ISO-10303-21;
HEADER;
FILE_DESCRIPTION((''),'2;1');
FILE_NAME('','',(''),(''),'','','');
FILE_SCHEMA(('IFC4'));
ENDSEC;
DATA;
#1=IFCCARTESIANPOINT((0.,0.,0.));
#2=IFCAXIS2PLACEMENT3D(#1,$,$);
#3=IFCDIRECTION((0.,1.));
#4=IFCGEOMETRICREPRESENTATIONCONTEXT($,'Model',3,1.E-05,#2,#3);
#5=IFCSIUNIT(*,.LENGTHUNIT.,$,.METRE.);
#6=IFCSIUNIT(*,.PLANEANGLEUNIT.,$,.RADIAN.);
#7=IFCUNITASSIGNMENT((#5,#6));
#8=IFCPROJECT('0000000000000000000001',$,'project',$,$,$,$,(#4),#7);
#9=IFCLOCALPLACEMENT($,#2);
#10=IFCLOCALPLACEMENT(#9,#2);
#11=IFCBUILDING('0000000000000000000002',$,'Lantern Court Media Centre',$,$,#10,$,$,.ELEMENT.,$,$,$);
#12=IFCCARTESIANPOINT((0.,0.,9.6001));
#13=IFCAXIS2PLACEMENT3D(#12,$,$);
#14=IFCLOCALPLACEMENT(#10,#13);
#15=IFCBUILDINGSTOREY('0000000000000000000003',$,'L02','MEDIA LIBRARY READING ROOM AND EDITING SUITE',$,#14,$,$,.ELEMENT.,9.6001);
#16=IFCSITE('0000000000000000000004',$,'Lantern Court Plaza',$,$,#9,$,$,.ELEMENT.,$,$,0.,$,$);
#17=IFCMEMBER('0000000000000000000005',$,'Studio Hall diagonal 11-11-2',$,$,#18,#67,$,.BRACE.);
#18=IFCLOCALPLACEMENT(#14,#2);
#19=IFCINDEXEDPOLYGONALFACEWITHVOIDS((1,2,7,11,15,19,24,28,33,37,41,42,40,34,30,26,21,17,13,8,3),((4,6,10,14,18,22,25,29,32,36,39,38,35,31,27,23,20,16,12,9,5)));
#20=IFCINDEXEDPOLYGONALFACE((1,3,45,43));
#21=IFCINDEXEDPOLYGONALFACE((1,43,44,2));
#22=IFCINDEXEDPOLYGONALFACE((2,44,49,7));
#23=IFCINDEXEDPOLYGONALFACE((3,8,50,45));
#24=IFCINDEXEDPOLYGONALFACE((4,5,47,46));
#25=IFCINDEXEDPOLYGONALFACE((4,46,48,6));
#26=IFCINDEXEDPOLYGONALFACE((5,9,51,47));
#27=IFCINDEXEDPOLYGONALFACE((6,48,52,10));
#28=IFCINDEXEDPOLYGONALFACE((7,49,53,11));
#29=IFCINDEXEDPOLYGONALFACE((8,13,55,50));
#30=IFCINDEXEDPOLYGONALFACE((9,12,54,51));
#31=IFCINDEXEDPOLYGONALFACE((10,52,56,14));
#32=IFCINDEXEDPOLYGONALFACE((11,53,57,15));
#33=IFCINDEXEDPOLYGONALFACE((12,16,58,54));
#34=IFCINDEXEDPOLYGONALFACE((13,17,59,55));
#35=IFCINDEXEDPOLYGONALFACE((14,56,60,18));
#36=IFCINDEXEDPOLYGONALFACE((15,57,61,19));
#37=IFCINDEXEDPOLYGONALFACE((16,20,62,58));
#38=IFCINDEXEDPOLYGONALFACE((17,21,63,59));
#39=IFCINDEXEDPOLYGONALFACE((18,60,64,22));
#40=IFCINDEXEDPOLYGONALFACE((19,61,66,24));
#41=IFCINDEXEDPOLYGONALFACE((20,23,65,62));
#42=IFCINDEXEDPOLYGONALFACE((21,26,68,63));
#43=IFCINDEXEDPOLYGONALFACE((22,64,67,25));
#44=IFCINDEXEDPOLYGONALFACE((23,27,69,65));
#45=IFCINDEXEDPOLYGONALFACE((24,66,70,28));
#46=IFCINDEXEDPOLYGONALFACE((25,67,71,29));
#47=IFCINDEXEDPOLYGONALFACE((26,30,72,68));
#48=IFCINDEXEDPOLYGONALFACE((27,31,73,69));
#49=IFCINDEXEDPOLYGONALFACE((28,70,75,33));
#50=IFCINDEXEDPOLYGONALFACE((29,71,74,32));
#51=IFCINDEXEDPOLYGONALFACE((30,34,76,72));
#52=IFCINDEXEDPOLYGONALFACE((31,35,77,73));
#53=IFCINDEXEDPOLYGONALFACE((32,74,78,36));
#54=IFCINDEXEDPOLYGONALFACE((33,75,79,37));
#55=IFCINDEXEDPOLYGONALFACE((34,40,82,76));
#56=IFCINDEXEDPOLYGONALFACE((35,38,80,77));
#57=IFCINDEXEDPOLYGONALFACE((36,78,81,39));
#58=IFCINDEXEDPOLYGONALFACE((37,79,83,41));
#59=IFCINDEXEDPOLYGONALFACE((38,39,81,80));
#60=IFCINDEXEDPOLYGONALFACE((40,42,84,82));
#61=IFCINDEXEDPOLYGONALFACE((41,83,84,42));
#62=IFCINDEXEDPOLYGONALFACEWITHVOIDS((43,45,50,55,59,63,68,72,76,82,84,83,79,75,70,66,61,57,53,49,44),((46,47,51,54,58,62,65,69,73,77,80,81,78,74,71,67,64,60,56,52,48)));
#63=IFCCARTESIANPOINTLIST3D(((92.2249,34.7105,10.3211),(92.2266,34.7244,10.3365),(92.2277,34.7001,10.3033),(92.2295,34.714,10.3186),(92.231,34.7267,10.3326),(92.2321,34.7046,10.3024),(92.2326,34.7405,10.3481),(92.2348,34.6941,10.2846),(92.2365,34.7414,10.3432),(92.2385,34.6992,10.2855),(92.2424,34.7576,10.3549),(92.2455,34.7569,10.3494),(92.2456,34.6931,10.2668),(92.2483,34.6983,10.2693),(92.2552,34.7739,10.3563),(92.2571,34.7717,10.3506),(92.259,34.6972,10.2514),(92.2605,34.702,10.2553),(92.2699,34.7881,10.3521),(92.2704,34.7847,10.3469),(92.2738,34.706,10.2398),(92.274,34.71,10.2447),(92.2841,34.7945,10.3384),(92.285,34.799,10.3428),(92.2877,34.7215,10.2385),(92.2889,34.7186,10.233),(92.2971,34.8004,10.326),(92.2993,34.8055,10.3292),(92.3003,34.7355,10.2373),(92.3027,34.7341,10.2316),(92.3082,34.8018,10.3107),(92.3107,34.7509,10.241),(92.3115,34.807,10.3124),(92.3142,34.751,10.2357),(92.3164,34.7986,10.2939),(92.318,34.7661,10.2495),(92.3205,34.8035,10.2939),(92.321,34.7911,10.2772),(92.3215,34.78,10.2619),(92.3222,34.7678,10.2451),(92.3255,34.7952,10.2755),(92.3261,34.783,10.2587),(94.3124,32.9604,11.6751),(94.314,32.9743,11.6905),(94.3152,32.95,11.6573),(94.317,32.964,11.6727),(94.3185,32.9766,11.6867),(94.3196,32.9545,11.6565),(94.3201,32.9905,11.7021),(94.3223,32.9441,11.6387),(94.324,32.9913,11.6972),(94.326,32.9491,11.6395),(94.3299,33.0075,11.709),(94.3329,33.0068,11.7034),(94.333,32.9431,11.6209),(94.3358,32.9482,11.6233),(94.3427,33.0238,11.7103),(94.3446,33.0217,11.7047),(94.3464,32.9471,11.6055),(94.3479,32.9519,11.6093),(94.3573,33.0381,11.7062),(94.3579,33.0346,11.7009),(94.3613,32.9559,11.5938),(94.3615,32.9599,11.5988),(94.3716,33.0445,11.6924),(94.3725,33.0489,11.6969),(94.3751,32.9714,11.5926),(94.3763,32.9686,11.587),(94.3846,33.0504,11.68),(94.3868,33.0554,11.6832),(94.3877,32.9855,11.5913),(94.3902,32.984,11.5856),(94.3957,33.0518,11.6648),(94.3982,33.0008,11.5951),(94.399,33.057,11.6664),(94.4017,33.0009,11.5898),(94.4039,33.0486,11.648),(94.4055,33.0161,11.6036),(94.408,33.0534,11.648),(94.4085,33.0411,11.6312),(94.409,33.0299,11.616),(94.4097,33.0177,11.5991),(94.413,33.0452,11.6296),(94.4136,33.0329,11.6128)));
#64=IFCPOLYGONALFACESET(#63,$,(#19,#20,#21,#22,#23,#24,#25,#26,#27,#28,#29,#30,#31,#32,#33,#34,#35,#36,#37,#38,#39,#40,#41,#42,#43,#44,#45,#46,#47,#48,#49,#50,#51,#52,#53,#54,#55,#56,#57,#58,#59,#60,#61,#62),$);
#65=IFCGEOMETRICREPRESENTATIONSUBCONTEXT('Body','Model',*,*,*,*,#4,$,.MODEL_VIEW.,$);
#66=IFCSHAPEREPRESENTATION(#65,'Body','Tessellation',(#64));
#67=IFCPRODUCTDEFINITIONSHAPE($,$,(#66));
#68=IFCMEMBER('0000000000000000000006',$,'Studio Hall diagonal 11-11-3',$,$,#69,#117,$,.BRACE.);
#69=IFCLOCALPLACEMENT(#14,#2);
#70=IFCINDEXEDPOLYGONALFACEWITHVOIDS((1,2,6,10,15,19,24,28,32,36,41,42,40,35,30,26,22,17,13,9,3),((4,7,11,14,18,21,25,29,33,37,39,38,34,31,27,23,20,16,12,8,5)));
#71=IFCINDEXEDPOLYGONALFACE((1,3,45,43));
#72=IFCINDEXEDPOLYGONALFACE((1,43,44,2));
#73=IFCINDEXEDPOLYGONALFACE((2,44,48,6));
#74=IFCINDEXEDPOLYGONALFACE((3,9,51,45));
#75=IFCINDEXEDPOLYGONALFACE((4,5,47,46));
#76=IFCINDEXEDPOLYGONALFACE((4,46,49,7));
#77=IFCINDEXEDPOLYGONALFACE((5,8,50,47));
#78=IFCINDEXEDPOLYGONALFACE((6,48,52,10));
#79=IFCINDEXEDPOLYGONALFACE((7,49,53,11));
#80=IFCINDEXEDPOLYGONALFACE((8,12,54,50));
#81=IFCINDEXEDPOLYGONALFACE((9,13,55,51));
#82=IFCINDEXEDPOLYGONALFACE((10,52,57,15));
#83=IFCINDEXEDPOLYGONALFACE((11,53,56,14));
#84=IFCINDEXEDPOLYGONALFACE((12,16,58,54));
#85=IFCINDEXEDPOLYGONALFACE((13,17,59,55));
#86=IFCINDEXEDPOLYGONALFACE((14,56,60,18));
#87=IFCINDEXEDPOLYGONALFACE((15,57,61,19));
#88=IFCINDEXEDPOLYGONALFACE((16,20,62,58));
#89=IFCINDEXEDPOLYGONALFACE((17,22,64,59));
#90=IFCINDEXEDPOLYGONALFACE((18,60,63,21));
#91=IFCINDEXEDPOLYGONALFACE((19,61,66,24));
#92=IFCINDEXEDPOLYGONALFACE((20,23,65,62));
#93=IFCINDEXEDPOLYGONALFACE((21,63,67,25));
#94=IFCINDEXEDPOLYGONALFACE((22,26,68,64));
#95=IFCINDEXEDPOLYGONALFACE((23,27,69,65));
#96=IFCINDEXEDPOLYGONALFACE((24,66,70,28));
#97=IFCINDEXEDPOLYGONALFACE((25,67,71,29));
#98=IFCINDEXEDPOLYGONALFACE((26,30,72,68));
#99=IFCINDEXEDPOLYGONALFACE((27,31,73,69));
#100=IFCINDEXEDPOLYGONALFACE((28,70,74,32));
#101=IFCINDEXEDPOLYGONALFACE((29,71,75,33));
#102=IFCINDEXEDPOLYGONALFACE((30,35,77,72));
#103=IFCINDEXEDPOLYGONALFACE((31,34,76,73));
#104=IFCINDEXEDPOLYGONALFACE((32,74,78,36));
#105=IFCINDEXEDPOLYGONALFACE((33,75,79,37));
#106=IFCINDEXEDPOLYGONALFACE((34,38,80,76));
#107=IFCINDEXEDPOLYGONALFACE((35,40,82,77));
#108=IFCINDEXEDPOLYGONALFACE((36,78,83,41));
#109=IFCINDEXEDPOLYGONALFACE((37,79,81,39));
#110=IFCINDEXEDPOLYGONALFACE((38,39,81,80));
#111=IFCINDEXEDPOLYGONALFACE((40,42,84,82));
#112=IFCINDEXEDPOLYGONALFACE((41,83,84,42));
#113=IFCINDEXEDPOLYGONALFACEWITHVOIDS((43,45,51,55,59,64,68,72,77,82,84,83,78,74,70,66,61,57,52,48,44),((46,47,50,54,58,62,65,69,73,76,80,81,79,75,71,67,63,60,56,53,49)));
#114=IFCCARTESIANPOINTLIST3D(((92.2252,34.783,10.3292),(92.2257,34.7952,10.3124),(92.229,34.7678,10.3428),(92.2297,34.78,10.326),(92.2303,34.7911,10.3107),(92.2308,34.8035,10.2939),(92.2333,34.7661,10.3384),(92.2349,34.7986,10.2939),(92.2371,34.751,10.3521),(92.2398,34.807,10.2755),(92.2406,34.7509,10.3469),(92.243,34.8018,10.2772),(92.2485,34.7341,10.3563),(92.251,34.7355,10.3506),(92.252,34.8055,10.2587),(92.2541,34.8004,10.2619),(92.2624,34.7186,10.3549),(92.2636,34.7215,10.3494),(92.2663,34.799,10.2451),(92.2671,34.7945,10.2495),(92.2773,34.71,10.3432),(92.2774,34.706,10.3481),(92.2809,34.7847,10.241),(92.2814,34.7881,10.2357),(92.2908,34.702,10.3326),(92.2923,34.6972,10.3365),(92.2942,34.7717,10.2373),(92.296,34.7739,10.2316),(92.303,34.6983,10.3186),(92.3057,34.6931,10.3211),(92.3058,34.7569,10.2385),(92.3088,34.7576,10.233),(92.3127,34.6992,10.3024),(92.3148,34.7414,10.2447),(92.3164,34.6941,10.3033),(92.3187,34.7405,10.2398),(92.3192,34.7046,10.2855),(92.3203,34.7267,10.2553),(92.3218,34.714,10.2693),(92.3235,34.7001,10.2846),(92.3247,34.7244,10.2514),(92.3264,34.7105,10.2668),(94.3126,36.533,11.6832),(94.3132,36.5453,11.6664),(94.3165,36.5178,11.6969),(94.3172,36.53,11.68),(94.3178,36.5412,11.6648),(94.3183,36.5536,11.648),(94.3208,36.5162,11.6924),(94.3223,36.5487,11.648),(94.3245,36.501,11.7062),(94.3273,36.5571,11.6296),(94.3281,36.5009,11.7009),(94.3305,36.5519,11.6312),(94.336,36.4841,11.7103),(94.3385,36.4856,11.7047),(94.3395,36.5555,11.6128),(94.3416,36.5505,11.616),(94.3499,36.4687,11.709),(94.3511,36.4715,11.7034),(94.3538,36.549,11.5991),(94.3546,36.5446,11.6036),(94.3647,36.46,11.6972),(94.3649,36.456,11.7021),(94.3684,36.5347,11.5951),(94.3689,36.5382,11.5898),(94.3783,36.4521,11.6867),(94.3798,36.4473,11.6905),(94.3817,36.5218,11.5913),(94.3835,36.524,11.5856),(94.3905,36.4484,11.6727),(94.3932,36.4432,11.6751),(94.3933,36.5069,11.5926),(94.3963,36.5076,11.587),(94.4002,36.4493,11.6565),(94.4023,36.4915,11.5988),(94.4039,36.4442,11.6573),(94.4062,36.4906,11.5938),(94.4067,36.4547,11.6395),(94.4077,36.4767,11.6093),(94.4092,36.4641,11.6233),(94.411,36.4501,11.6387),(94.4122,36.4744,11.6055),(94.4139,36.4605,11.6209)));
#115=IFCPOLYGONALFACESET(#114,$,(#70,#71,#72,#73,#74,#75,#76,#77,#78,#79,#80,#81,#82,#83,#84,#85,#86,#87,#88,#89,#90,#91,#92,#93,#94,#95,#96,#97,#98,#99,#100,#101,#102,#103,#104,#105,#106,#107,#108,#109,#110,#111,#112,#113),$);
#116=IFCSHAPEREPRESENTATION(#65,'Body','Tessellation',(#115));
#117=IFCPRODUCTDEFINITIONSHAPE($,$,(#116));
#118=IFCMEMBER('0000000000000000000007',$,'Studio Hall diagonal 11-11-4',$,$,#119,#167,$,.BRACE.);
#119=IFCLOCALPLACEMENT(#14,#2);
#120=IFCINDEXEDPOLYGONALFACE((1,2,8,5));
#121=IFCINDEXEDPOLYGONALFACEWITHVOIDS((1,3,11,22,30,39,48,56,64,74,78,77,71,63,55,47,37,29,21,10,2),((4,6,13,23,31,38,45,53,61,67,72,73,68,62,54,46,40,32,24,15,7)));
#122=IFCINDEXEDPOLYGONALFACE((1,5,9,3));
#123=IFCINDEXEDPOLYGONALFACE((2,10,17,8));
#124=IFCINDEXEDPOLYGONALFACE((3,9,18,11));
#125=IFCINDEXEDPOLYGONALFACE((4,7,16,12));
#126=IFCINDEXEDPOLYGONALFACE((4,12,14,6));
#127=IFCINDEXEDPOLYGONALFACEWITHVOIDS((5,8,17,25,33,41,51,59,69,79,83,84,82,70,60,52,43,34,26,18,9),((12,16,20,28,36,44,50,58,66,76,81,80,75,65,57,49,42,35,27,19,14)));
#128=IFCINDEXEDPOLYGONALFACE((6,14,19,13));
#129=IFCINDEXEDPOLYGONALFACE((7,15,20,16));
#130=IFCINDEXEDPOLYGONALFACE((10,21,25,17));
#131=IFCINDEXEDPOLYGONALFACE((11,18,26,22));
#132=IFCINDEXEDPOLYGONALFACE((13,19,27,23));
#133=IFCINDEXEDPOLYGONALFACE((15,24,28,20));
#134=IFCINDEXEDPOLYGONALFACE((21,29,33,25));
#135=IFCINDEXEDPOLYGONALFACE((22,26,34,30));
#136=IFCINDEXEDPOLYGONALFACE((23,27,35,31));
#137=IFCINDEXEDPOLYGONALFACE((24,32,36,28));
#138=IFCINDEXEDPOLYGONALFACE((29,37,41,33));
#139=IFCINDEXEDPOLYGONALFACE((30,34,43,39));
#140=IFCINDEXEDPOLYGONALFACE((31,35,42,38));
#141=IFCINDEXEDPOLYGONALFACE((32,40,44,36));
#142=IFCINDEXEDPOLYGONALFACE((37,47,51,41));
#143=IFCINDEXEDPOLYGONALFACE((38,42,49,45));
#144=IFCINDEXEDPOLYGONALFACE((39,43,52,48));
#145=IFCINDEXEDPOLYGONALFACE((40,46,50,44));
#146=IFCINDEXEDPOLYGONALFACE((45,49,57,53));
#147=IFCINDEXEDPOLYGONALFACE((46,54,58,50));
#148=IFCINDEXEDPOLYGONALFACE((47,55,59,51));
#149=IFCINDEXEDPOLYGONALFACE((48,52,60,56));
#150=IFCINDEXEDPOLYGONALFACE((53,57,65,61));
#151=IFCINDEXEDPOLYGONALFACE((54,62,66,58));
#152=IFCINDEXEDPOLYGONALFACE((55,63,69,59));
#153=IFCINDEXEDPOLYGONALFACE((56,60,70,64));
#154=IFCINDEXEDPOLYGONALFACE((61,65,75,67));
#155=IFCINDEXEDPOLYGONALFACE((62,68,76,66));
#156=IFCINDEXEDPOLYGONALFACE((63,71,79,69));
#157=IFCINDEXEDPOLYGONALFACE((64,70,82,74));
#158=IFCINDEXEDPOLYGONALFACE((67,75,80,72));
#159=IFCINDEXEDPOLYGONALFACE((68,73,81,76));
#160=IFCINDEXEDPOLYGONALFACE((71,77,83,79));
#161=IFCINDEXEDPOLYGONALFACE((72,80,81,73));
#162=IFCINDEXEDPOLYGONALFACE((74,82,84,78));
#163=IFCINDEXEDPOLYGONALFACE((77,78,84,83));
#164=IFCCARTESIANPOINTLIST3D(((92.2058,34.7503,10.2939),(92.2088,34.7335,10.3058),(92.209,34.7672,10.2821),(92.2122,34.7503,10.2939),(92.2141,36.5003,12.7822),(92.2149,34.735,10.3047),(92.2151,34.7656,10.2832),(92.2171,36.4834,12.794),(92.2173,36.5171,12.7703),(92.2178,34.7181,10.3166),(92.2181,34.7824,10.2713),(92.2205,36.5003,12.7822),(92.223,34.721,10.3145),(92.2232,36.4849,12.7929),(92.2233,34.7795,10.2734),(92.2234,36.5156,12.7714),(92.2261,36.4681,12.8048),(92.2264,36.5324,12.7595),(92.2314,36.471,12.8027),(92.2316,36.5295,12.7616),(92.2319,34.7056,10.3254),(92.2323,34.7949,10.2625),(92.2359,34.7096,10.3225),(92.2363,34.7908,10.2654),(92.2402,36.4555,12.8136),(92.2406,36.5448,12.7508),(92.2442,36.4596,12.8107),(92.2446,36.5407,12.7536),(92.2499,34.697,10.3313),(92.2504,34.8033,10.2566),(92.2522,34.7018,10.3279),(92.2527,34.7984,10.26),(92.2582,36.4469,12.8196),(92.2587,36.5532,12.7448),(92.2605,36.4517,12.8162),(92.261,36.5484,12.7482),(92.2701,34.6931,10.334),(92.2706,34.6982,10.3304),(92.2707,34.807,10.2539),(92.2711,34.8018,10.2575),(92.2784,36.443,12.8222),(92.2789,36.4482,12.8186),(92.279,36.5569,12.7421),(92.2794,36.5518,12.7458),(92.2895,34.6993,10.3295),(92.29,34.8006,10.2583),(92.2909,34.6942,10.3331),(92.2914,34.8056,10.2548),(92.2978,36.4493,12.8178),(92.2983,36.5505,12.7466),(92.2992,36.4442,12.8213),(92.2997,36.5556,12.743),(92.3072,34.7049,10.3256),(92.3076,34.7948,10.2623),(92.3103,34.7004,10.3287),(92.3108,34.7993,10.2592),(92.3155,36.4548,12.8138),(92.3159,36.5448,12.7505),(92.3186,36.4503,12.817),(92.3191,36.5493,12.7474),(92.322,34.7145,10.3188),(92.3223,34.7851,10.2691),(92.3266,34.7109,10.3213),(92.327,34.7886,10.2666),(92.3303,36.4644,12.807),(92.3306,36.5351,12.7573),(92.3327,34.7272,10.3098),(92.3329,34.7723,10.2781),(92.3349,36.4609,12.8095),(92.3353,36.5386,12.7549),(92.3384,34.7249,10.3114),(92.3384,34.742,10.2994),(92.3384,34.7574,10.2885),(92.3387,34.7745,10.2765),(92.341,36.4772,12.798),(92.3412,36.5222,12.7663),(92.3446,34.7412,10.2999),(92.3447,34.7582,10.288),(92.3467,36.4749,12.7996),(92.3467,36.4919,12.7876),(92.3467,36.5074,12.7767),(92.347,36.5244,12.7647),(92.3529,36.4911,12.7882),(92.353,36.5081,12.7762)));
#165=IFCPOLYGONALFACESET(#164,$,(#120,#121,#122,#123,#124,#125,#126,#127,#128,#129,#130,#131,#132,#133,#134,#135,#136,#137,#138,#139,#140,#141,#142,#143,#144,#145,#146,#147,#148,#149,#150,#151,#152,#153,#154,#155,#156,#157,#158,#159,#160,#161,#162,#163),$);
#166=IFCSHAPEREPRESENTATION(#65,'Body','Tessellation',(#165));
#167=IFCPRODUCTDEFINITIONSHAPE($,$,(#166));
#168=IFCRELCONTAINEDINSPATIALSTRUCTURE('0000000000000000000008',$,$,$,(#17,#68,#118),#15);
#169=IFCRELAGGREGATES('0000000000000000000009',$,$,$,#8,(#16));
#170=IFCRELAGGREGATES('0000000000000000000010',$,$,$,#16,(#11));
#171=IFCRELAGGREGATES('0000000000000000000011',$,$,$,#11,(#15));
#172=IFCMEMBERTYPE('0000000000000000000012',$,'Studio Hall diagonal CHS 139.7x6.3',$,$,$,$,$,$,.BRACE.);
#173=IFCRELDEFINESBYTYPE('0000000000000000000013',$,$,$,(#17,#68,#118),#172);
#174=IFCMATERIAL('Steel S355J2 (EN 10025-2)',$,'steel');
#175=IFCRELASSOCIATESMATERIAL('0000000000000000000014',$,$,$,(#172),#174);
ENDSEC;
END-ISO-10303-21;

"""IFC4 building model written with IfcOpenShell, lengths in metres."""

from ifc_helpers import new_model, si_unit, direction, frame, origin, origin_2d, place, context, subcontext, project, spatial, hollow_circle, extrude, material, material_profile, profile_set, type_object, element, save


model = new_model("IFC4")

# Units and contexts
model_context = context("Model", 3, precision=1e-05, world=origin(), true_north=direction((0.0, 1.0)))
body_context = subcontext(model_context, "Body", "Model", "MODEL_VIEW")
ifc_project = project(units=[si_unit("LENGTHUNIT", "METRE"), si_unit("PLANEANGLEUNIT", "RADIAN")], contexts=[model_context])

# Site, building, storey
site_placement = place(None, origin())
site = spatial("IfcSite", under=ifc_project, at=site_placement, Name="Lantern Court Plaza", CompositionType="ELEMENT", RefElevation=0.0)
building_placement = place(site_placement, origin())
building = spatial("IfcBuilding", under=site, at=building_placement, Name="Lantern Court Media Centre", CompositionType="ELEMENT")
storey_placement = place(building_placement, frame((0.0, 0.0, 9.6001)))
storey = spatial("IfcBuildingStorey", under=building, at=storey_placement, Name="L02", Description="MEDIA LIBRARY READING ROOM AND EDITING SUITE", CompositionType="ELEMENT", Elevation=9.6001)

# Members
ifc_material = material(Name="Steel S355J2 (EN 10025-2)", Category="steel")
ifc_material_profile_1 = material_profile(ifc_material, hollow_circle(Radius=0.0698, WallThickness=0.0063, at=origin_2d()), Name="Studio Hall diagonal CHS 139.7x6.3")
ifc_profile_set_1 = profile_set([ifc_material_profile_1], Name="Steel S355J2 (EN 10025-2)")
member_type_1 = type_object("IfcMemberType", Name="Studio Hall diagonal CHS 139.7x6.3", PredefinedType="BRACE", material=ifc_profile_set_1)
for number, where, z_axis, x_axis, name in (
    (1, (92.2756, 34.75, 10.2939), (0.68622, -0.575301, 0.44512), (0.642456, 0.766322, 0.0), "Studio Hall diagonal 11-11-2"),
    (2, (92.2756, 34.75, 10.2939), (0.68622, 0.575301, 0.44512), (-0.642456, 0.766322, 0.0), "Studio Hall diagonal 11-11-3"),
    (3, (92.2756, 34.75, 10.2939), (0.002729, 0.575269, 0.81796), (-0.999989, 0.004743, 0.0), "Studio Hall diagonal 11-11-4"),
):
    element("IfcMember", number, at=place(storey_placement, frame(where, z_axis=z_axis, x_axis=x_axis)), inside=storey, type_object=member_type_1, Name=name, PredefinedType="BRACE", context=body_context, shape_type="SweptSolid", body=[
        extrude(hollow_circle(Radius=0.0698, WallThickness=0.0063, at=origin_2d()), origin(), (0.0, 0.0, 1.0), 3.042),
    ])

save(model, "model.ifc")
